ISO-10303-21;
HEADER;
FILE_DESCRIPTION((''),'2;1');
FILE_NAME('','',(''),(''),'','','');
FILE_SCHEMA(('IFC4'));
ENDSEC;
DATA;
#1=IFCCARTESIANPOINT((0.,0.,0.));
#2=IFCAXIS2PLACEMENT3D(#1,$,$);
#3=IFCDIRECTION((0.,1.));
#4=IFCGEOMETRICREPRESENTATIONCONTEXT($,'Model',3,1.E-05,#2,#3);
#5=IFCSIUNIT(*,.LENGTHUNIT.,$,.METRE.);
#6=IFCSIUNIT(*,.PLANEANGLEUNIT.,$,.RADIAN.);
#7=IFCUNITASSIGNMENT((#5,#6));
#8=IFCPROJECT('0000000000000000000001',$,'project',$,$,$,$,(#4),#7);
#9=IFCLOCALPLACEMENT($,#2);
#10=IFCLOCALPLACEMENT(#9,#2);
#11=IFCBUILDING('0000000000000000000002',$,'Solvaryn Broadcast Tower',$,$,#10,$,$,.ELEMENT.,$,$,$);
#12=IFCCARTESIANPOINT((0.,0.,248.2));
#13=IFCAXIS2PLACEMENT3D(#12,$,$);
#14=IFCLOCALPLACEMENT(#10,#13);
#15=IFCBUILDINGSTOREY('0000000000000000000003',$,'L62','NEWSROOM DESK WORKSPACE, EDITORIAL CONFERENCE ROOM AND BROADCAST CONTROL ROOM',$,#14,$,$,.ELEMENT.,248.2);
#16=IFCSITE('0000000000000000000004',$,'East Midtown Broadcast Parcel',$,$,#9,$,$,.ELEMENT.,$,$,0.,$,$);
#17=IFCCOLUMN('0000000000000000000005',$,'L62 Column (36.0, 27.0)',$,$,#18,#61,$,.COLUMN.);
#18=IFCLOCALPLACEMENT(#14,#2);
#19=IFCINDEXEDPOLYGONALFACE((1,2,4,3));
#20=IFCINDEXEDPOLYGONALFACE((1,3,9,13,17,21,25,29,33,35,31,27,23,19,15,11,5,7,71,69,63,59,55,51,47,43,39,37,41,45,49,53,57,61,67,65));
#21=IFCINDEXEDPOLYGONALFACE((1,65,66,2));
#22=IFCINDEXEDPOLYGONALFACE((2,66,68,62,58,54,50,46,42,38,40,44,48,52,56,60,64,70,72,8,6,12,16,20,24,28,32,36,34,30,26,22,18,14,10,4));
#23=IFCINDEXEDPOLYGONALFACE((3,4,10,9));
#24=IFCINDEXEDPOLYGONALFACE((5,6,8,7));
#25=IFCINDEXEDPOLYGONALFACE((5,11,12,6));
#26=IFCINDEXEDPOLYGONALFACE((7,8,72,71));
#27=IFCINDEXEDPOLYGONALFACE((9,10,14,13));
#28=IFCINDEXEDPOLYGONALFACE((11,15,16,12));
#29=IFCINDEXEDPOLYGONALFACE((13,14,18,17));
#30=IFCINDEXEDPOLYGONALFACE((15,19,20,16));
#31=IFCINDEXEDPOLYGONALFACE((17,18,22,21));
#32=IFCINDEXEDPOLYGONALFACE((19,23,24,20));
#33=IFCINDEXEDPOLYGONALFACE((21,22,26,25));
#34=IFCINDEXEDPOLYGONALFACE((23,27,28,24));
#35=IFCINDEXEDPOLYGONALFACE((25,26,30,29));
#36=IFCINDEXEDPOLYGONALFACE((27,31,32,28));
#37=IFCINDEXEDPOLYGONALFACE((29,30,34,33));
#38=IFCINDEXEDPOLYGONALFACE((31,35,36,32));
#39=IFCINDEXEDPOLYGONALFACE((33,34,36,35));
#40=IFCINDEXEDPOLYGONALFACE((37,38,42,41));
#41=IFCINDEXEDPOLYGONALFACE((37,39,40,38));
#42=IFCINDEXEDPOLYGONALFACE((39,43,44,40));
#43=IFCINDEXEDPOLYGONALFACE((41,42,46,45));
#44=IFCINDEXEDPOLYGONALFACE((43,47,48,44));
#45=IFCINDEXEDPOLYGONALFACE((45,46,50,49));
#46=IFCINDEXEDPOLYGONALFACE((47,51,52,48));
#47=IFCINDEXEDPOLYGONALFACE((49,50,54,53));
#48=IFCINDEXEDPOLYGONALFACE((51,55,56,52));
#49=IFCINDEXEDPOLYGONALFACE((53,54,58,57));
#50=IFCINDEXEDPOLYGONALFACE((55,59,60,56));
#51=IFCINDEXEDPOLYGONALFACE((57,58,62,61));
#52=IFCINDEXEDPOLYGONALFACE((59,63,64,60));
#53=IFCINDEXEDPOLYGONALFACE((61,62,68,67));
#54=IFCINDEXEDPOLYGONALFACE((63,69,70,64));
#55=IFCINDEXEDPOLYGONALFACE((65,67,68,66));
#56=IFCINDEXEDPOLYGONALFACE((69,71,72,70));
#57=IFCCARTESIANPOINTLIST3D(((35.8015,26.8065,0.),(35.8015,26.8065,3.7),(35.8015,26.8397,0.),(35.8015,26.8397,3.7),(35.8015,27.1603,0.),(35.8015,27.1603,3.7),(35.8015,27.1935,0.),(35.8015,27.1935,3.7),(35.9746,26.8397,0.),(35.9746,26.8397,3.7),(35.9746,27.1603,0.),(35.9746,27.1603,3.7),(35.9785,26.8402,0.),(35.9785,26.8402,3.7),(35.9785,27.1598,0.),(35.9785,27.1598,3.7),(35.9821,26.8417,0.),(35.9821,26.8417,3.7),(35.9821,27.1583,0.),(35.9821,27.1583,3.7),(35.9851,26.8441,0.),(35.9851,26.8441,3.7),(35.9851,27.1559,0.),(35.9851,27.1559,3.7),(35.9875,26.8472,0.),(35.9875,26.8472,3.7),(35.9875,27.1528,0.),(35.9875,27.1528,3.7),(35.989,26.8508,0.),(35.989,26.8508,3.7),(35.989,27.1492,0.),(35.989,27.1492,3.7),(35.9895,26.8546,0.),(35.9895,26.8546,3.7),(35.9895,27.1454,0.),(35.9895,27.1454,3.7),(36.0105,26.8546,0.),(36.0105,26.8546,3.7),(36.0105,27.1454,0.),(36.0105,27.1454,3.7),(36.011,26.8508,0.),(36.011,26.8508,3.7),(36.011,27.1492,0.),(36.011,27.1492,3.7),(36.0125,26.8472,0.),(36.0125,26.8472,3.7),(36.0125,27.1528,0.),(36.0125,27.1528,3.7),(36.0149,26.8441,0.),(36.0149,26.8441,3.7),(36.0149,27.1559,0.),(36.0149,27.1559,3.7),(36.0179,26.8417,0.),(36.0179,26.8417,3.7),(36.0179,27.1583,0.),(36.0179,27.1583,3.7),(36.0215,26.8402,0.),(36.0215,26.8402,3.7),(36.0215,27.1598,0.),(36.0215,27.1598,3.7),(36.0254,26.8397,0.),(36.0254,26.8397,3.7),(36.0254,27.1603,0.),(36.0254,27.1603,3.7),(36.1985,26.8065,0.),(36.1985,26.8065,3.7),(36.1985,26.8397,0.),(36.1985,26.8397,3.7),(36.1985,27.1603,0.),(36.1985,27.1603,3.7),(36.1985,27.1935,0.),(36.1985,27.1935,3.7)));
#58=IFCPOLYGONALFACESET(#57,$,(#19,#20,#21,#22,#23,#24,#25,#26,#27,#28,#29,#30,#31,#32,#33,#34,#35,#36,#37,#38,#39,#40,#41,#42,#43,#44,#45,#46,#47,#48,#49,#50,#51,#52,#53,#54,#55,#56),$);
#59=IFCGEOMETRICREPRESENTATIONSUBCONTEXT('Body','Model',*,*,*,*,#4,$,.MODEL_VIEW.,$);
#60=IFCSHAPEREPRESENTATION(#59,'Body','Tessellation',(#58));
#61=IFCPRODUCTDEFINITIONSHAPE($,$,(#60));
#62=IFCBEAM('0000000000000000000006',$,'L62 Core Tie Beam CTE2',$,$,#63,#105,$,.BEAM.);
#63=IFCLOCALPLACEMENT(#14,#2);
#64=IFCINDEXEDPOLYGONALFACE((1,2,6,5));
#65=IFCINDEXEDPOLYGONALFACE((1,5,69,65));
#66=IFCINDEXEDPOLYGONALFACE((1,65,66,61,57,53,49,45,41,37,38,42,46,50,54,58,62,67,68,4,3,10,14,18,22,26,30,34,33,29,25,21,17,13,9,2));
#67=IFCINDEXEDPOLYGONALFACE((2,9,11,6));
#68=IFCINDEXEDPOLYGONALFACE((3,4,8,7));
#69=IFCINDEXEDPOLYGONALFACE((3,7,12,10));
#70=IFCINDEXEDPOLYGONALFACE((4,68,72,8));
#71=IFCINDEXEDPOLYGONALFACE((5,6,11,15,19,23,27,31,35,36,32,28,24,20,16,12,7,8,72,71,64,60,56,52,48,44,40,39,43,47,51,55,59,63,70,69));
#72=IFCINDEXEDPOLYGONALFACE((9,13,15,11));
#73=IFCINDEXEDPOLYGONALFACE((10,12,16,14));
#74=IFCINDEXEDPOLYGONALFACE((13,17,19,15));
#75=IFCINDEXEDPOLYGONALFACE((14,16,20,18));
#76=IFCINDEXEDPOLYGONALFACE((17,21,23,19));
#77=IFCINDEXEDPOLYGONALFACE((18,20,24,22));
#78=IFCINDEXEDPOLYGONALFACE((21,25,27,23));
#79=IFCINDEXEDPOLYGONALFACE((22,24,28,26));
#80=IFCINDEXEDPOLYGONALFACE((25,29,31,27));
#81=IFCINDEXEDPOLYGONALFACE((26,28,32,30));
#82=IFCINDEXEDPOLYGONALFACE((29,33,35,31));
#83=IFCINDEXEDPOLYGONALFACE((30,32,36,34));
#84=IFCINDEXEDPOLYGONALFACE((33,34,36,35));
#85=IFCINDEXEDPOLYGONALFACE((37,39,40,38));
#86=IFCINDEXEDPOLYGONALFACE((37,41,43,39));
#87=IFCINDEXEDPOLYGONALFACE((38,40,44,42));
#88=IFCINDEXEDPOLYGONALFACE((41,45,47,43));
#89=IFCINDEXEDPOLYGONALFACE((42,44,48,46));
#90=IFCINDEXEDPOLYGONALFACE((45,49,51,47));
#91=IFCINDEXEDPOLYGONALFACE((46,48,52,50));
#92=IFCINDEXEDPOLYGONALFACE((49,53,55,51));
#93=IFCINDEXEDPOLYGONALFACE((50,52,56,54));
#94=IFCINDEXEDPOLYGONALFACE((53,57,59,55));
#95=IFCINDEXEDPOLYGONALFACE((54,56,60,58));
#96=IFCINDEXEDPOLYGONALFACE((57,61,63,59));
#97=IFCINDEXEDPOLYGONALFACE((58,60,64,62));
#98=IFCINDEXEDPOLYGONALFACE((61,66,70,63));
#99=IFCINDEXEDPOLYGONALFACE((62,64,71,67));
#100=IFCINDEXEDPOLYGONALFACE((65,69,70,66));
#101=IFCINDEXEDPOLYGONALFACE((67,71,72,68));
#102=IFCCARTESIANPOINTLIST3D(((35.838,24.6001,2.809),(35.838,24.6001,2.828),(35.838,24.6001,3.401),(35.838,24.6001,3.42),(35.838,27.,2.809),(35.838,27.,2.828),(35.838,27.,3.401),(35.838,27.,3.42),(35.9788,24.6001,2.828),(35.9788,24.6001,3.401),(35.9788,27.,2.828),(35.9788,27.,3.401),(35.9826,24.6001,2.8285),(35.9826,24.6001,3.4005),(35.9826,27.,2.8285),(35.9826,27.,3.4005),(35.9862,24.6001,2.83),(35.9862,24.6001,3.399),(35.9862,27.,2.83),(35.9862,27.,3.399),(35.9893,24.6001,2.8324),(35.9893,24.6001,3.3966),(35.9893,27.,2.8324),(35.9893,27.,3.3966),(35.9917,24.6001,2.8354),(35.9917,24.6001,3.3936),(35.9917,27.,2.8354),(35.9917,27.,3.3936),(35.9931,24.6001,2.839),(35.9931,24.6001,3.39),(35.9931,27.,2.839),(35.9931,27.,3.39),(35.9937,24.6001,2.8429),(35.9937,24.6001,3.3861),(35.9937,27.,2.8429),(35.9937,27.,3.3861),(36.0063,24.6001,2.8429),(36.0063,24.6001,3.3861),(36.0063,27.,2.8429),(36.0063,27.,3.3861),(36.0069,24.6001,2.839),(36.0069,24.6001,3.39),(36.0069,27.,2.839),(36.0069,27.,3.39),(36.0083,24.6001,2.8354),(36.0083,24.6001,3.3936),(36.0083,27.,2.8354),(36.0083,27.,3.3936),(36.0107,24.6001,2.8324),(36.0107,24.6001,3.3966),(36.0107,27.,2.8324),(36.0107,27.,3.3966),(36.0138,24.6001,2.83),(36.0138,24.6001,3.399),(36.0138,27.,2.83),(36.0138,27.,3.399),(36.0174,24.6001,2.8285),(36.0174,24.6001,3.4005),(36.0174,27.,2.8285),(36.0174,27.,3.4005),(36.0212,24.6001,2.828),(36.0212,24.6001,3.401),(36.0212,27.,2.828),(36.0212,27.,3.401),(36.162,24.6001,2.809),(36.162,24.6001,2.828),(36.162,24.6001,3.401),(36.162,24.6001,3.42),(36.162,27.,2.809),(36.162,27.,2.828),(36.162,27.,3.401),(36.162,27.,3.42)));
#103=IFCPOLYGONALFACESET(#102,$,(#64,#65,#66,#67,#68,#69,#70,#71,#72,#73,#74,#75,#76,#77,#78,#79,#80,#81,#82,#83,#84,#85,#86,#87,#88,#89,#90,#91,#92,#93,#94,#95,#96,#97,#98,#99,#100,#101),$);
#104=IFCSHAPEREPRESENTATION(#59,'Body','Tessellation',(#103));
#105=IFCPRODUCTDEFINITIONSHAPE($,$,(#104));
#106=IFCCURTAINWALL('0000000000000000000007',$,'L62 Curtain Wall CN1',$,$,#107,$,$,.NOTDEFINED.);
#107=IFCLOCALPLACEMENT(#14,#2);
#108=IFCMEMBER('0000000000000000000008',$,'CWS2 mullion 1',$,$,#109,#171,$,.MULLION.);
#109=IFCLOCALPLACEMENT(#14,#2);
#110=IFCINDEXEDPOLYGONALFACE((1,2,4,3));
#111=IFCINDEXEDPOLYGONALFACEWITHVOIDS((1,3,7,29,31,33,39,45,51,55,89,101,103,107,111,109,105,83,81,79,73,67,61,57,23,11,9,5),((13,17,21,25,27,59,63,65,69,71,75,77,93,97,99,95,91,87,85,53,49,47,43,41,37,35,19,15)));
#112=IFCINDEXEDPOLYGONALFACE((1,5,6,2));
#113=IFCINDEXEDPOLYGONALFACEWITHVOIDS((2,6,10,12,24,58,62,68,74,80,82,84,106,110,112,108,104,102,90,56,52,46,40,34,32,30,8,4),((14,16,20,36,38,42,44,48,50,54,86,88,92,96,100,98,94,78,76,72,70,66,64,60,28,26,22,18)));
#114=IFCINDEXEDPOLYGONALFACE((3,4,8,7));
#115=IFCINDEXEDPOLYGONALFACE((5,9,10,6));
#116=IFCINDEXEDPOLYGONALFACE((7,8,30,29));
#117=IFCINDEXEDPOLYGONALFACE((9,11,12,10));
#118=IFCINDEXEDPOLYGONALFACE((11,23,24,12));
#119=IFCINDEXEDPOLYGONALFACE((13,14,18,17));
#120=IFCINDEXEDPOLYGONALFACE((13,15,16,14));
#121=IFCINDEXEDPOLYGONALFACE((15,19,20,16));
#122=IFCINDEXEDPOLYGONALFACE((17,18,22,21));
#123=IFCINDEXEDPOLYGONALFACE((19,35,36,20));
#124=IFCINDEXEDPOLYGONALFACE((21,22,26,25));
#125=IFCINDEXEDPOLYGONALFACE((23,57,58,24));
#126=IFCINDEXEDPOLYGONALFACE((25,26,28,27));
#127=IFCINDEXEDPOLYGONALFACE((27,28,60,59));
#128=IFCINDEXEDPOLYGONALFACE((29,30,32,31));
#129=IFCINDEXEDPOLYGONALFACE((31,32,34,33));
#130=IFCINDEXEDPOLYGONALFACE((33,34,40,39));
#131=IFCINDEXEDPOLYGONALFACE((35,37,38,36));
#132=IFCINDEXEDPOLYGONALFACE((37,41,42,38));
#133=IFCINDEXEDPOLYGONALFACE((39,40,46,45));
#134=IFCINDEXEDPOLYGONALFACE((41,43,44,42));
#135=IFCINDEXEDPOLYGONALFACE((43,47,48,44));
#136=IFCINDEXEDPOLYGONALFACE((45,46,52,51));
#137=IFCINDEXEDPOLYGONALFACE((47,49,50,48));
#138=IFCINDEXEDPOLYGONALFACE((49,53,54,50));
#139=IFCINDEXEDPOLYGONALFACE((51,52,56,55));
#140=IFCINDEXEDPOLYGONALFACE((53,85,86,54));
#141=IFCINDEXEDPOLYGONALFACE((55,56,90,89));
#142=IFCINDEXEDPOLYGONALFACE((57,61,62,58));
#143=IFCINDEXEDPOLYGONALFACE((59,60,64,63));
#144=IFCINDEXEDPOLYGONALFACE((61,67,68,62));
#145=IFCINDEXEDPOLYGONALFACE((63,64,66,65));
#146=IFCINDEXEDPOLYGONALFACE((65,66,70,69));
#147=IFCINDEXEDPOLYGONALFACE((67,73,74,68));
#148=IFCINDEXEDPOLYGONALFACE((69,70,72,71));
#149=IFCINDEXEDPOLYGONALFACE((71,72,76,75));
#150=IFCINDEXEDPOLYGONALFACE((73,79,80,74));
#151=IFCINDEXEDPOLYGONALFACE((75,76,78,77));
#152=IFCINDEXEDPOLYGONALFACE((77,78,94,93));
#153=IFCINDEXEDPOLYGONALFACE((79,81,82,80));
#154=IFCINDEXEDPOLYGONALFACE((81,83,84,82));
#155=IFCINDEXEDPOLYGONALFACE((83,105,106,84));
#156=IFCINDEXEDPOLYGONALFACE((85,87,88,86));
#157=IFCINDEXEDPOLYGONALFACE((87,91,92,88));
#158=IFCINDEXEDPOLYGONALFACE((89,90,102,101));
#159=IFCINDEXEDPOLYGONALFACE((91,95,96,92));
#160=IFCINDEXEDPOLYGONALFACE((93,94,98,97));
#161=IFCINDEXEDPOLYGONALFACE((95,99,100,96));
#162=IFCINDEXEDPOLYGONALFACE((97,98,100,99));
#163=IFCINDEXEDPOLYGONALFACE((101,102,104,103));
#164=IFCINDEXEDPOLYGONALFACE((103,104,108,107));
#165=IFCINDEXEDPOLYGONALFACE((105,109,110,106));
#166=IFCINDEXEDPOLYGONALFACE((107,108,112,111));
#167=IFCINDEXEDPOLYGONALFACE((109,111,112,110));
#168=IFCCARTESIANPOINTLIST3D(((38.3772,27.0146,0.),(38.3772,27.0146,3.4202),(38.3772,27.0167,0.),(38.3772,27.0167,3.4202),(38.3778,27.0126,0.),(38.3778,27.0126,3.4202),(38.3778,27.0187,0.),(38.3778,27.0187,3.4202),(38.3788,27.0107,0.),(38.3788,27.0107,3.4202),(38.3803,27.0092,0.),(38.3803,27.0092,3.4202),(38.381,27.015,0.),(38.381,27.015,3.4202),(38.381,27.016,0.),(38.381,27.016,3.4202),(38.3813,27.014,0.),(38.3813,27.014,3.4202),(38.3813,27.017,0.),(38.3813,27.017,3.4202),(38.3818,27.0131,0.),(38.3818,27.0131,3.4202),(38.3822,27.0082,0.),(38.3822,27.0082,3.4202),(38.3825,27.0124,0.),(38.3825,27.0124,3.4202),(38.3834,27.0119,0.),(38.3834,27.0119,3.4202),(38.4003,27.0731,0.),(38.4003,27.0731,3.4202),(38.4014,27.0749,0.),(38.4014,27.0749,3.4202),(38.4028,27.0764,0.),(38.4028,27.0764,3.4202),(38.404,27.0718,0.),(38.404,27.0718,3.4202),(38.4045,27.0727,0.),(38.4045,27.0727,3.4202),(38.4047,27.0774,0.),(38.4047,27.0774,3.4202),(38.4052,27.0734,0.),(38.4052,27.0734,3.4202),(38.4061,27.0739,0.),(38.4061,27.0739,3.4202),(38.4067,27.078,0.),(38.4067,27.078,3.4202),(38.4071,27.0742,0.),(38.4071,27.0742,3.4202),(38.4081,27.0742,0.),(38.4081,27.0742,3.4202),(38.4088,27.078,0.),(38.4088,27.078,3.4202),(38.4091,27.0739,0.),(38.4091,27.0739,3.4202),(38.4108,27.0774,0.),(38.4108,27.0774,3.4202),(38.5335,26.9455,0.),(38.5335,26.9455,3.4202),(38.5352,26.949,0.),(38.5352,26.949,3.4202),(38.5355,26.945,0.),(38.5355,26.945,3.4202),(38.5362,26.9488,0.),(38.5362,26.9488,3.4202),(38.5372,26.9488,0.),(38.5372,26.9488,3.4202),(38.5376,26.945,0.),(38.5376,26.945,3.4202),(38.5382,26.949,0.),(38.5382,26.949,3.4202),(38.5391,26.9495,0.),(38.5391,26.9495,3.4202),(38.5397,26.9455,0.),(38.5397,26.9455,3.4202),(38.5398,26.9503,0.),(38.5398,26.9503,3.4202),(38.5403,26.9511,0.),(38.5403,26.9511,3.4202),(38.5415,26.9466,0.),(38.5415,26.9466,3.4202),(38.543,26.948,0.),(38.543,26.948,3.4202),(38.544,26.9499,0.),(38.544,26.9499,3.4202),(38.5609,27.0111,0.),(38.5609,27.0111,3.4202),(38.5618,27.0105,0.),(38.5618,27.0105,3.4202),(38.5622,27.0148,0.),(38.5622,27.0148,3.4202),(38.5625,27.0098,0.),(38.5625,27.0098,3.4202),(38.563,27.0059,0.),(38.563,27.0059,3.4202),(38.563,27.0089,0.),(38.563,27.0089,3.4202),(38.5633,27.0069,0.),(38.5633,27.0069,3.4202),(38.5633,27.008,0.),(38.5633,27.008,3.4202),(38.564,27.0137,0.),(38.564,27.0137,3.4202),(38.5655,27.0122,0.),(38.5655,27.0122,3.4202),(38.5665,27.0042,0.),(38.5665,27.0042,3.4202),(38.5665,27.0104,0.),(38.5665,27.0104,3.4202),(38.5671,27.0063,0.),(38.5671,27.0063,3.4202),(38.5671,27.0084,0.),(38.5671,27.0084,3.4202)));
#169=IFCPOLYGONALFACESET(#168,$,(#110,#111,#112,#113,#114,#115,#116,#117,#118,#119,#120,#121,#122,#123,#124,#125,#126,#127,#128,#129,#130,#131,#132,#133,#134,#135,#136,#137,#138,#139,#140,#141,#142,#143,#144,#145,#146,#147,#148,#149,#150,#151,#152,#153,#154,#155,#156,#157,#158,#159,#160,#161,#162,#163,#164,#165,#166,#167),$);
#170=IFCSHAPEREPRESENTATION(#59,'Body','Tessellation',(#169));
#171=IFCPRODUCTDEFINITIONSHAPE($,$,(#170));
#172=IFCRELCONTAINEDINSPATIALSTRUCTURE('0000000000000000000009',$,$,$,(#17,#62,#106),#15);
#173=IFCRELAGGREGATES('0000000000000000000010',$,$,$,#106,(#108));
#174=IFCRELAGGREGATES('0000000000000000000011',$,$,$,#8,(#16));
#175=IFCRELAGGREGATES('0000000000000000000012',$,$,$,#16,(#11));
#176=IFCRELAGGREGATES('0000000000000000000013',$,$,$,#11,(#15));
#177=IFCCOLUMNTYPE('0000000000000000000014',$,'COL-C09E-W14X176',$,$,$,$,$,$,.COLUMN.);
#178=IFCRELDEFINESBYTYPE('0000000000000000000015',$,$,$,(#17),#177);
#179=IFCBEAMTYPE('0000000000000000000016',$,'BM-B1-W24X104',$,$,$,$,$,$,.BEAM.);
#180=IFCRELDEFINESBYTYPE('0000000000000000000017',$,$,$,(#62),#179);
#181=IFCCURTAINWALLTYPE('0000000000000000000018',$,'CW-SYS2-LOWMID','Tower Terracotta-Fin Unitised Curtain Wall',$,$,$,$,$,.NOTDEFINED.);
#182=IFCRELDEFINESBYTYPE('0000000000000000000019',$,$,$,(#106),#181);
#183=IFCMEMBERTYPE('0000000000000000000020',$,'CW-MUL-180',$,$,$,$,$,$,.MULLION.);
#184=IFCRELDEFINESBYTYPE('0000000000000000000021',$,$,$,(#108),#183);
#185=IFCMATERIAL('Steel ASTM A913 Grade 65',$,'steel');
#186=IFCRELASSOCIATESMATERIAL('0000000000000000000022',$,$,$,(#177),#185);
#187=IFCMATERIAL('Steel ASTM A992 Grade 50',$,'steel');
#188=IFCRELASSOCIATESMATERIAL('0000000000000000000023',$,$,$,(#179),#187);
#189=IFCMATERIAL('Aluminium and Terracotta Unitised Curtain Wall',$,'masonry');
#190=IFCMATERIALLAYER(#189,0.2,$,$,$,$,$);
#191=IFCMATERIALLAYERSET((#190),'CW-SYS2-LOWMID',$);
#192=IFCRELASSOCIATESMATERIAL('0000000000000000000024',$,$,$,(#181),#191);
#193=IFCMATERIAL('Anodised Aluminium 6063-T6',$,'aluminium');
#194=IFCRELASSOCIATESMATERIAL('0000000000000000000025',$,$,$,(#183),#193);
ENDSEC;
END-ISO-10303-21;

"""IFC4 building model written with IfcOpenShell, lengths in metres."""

from ifc_helpers import new_model, si_unit, direction, frame, origin, origin_2d, place, context, subcontext, project, spatial, hollow_rectangle, i_section, extrude, material, layer, layer_set, material_profile, profile_set, type_object, element, aggregate, save


model = new_model("IFC4")

# Units and contexts
model_context = context("Model", 3, precision=1e-05, world=origin(), true_north=direction((0.0, 1.0)))
body_context = subcontext(model_context, "Body", "Model", "MODEL_VIEW")
ifc_project = project(units=[si_unit("LENGTHUNIT", "METRE"), si_unit("PLANEANGLEUNIT", "RADIAN")], contexts=[model_context])

# Site, building, storey
site_placement = place(None, origin())
site = spatial("IfcSite", under=ifc_project, at=site_placement, Name="East Midtown Broadcast Parcel", CompositionType="ELEMENT", RefElevation=0.0)
building_placement = place(site_placement, origin())
building = spatial("IfcBuilding", under=site, at=building_placement, Name="Solvaryn Broadcast Tower", CompositionType="ELEMENT")
storey_placement = place(building_placement, frame((0.0, 0.0, 248.2)))
storey = spatial("IfcBuildingStorey", under=building, at=storey_placement, Name="L62", Description="NEWSROOM DESK WORKSPACE, EDITORIAL CONFERENCE ROOM AND BROADCAST CONTROL ROOM", CompositionType="ELEMENT", Elevation=248.2)

# Column
ifc_material_1 = material(Name="Steel ASTM A913 Grade 65", Category="steel")
ifc_material_profile_1 = material_profile(ifc_material_1, i_section(OverallWidth=0.397, OverallDepth=0.387, WebThickness=0.021, FlangeThickness=0.0332, FilletRadius=0.0149, at=origin_2d()))
ifc_profile_set_1 = profile_set([ifc_material_profile_1], Name="Steel ASTM A913 Grade 65")
column_type = type_object("IfcColumnType", Name="COL-C09E-W14X176", PredefinedType="COLUMN", material=ifc_profile_set_1)
column_placement = place(storey_placement, frame((36.0, 27.0, 0.0), z_axis=(0.0, 0.0, 1.0), x_axis=(1.0, 0.0, 0.0)))
element("IfcColumn", 1, at=column_placement, inside=storey, type_object=column_type, Name="L62 Column (36.0, 27.0)", PredefinedType="COLUMN", context=body_context, shape_type="SweptSolid", body=[
    extrude(i_section(OverallWidth=0.397, OverallDepth=0.387, WebThickness=0.021, FlangeThickness=0.0332, FilletRadius=0.0149, at=origin_2d()), origin(), (0.0, 0.0, 1.0), 3.7),
])

# Beam
ifc_material_2 = material(Name="Steel ASTM A992 Grade 50", Category="steel")
ifc_material_profile_2 = material_profile(ifc_material_2, i_section(OverallWidth=0.324, OverallDepth=0.6111, WebThickness=0.0127, FlangeThickness=0.019, FilletRadius=0.0149, at=origin_2d()))
ifc_profile_set_2 = profile_set([ifc_material_profile_2], Name="Steel ASTM A992 Grade 50")
beam_type = type_object("IfcBeamType", Name="BM-B1-W24X104", PredefinedType="BEAM", material=ifc_profile_set_2)
beam_placement = place(storey_placement, frame((36.0, 24.6001, 3.1145), z_axis=(0.0, 1.0, 0.0), x_axis=(-1.0, 0.0, 0.0)))
element("IfcBeam", 2, at=beam_placement, inside=storey, type_object=beam_type, Name="L62 Core Tie Beam CTE2", PredefinedType="BEAM", context=body_context, shape_type="SweptSolid", body=[
    extrude(i_section(OverallWidth=0.324, OverallDepth=0.6111, WebThickness=0.0127, FlangeThickness=0.019, FilletRadius=0.0149, at=origin_2d()), origin(), (0.0, 0.0, 1.0), 2.3999),
])

# Curtain wall, member
ifc_material_3 = material(Name="Aluminium and Terracotta Unitised Curtain Wall", Category="masonry")
ifc_layer_1 = layer(ifc_material_3, 0.2)
ifc_layer_set_1 = layer_set([ifc_layer_1], Name="CW-SYS2-LOWMID")
curtain_wall_type = type_object("IfcCurtainWallType", Name="CW-SYS2-LOWMID", Description="Tower Terracotta-Fin Unitised Curtain Wall", PredefinedType="NOTDEFINED", material=ifc_layer_set_1)
curtain_wall_1_placement = place(storey_placement, origin())
curtain_wall_1 = element("IfcCurtainWall", 3, at=curtain_wall_1_placement, inside=storey, type_object=curtain_wall_type, Name="L62 Curtain Wall CN1", PredefinedType="NOTDEFINED")
ifc_material_4 = material(Name="Anodised Aluminium 6063-T6", Category="aluminium")
ifc_material_profile_3 = material_profile(ifc_material_4, hollow_rectangle(XDim=0.075, YDim=0.1799, WallThickness=0.0039, InnerFilletRadius=0.0039, OuterFilletRadius=0.0081, at=origin_2d()))
ifc_profile_set_3 = profile_set([ifc_material_profile_3], Name="Anodised Aluminium 6063-T6")
member_type_1 = type_object("IfcMemberType", Name="CW-MUL-180", PredefinedType="MULLION", material=ifc_profile_set_3)
member_1_placement = place(storey_placement, frame((38.4722, 27.0115, 0.0), z_axis=(0.0, 0.0, 1.0), x_axis=(-0.382646, -0.923895, 0.0)))
member_1 = element("IfcMember", 4, at=member_1_placement, type_object=member_type_1, Name="CWS2 mullion 1", PredefinedType="MULLION", context=body_context, shape_type="SweptSolid", body=[
    extrude(hollow_rectangle(XDim=0.075, YDim=0.1799, WallThickness=0.0039, InnerFilletRadius=0.0039, OuterFilletRadius=0.0081, at=origin_2d()), origin(), (0.0, 0.0, 1.0), 3.4202),
])

aggregate(curtain_wall_1, [member_1])

save(model, "model.ifc")
